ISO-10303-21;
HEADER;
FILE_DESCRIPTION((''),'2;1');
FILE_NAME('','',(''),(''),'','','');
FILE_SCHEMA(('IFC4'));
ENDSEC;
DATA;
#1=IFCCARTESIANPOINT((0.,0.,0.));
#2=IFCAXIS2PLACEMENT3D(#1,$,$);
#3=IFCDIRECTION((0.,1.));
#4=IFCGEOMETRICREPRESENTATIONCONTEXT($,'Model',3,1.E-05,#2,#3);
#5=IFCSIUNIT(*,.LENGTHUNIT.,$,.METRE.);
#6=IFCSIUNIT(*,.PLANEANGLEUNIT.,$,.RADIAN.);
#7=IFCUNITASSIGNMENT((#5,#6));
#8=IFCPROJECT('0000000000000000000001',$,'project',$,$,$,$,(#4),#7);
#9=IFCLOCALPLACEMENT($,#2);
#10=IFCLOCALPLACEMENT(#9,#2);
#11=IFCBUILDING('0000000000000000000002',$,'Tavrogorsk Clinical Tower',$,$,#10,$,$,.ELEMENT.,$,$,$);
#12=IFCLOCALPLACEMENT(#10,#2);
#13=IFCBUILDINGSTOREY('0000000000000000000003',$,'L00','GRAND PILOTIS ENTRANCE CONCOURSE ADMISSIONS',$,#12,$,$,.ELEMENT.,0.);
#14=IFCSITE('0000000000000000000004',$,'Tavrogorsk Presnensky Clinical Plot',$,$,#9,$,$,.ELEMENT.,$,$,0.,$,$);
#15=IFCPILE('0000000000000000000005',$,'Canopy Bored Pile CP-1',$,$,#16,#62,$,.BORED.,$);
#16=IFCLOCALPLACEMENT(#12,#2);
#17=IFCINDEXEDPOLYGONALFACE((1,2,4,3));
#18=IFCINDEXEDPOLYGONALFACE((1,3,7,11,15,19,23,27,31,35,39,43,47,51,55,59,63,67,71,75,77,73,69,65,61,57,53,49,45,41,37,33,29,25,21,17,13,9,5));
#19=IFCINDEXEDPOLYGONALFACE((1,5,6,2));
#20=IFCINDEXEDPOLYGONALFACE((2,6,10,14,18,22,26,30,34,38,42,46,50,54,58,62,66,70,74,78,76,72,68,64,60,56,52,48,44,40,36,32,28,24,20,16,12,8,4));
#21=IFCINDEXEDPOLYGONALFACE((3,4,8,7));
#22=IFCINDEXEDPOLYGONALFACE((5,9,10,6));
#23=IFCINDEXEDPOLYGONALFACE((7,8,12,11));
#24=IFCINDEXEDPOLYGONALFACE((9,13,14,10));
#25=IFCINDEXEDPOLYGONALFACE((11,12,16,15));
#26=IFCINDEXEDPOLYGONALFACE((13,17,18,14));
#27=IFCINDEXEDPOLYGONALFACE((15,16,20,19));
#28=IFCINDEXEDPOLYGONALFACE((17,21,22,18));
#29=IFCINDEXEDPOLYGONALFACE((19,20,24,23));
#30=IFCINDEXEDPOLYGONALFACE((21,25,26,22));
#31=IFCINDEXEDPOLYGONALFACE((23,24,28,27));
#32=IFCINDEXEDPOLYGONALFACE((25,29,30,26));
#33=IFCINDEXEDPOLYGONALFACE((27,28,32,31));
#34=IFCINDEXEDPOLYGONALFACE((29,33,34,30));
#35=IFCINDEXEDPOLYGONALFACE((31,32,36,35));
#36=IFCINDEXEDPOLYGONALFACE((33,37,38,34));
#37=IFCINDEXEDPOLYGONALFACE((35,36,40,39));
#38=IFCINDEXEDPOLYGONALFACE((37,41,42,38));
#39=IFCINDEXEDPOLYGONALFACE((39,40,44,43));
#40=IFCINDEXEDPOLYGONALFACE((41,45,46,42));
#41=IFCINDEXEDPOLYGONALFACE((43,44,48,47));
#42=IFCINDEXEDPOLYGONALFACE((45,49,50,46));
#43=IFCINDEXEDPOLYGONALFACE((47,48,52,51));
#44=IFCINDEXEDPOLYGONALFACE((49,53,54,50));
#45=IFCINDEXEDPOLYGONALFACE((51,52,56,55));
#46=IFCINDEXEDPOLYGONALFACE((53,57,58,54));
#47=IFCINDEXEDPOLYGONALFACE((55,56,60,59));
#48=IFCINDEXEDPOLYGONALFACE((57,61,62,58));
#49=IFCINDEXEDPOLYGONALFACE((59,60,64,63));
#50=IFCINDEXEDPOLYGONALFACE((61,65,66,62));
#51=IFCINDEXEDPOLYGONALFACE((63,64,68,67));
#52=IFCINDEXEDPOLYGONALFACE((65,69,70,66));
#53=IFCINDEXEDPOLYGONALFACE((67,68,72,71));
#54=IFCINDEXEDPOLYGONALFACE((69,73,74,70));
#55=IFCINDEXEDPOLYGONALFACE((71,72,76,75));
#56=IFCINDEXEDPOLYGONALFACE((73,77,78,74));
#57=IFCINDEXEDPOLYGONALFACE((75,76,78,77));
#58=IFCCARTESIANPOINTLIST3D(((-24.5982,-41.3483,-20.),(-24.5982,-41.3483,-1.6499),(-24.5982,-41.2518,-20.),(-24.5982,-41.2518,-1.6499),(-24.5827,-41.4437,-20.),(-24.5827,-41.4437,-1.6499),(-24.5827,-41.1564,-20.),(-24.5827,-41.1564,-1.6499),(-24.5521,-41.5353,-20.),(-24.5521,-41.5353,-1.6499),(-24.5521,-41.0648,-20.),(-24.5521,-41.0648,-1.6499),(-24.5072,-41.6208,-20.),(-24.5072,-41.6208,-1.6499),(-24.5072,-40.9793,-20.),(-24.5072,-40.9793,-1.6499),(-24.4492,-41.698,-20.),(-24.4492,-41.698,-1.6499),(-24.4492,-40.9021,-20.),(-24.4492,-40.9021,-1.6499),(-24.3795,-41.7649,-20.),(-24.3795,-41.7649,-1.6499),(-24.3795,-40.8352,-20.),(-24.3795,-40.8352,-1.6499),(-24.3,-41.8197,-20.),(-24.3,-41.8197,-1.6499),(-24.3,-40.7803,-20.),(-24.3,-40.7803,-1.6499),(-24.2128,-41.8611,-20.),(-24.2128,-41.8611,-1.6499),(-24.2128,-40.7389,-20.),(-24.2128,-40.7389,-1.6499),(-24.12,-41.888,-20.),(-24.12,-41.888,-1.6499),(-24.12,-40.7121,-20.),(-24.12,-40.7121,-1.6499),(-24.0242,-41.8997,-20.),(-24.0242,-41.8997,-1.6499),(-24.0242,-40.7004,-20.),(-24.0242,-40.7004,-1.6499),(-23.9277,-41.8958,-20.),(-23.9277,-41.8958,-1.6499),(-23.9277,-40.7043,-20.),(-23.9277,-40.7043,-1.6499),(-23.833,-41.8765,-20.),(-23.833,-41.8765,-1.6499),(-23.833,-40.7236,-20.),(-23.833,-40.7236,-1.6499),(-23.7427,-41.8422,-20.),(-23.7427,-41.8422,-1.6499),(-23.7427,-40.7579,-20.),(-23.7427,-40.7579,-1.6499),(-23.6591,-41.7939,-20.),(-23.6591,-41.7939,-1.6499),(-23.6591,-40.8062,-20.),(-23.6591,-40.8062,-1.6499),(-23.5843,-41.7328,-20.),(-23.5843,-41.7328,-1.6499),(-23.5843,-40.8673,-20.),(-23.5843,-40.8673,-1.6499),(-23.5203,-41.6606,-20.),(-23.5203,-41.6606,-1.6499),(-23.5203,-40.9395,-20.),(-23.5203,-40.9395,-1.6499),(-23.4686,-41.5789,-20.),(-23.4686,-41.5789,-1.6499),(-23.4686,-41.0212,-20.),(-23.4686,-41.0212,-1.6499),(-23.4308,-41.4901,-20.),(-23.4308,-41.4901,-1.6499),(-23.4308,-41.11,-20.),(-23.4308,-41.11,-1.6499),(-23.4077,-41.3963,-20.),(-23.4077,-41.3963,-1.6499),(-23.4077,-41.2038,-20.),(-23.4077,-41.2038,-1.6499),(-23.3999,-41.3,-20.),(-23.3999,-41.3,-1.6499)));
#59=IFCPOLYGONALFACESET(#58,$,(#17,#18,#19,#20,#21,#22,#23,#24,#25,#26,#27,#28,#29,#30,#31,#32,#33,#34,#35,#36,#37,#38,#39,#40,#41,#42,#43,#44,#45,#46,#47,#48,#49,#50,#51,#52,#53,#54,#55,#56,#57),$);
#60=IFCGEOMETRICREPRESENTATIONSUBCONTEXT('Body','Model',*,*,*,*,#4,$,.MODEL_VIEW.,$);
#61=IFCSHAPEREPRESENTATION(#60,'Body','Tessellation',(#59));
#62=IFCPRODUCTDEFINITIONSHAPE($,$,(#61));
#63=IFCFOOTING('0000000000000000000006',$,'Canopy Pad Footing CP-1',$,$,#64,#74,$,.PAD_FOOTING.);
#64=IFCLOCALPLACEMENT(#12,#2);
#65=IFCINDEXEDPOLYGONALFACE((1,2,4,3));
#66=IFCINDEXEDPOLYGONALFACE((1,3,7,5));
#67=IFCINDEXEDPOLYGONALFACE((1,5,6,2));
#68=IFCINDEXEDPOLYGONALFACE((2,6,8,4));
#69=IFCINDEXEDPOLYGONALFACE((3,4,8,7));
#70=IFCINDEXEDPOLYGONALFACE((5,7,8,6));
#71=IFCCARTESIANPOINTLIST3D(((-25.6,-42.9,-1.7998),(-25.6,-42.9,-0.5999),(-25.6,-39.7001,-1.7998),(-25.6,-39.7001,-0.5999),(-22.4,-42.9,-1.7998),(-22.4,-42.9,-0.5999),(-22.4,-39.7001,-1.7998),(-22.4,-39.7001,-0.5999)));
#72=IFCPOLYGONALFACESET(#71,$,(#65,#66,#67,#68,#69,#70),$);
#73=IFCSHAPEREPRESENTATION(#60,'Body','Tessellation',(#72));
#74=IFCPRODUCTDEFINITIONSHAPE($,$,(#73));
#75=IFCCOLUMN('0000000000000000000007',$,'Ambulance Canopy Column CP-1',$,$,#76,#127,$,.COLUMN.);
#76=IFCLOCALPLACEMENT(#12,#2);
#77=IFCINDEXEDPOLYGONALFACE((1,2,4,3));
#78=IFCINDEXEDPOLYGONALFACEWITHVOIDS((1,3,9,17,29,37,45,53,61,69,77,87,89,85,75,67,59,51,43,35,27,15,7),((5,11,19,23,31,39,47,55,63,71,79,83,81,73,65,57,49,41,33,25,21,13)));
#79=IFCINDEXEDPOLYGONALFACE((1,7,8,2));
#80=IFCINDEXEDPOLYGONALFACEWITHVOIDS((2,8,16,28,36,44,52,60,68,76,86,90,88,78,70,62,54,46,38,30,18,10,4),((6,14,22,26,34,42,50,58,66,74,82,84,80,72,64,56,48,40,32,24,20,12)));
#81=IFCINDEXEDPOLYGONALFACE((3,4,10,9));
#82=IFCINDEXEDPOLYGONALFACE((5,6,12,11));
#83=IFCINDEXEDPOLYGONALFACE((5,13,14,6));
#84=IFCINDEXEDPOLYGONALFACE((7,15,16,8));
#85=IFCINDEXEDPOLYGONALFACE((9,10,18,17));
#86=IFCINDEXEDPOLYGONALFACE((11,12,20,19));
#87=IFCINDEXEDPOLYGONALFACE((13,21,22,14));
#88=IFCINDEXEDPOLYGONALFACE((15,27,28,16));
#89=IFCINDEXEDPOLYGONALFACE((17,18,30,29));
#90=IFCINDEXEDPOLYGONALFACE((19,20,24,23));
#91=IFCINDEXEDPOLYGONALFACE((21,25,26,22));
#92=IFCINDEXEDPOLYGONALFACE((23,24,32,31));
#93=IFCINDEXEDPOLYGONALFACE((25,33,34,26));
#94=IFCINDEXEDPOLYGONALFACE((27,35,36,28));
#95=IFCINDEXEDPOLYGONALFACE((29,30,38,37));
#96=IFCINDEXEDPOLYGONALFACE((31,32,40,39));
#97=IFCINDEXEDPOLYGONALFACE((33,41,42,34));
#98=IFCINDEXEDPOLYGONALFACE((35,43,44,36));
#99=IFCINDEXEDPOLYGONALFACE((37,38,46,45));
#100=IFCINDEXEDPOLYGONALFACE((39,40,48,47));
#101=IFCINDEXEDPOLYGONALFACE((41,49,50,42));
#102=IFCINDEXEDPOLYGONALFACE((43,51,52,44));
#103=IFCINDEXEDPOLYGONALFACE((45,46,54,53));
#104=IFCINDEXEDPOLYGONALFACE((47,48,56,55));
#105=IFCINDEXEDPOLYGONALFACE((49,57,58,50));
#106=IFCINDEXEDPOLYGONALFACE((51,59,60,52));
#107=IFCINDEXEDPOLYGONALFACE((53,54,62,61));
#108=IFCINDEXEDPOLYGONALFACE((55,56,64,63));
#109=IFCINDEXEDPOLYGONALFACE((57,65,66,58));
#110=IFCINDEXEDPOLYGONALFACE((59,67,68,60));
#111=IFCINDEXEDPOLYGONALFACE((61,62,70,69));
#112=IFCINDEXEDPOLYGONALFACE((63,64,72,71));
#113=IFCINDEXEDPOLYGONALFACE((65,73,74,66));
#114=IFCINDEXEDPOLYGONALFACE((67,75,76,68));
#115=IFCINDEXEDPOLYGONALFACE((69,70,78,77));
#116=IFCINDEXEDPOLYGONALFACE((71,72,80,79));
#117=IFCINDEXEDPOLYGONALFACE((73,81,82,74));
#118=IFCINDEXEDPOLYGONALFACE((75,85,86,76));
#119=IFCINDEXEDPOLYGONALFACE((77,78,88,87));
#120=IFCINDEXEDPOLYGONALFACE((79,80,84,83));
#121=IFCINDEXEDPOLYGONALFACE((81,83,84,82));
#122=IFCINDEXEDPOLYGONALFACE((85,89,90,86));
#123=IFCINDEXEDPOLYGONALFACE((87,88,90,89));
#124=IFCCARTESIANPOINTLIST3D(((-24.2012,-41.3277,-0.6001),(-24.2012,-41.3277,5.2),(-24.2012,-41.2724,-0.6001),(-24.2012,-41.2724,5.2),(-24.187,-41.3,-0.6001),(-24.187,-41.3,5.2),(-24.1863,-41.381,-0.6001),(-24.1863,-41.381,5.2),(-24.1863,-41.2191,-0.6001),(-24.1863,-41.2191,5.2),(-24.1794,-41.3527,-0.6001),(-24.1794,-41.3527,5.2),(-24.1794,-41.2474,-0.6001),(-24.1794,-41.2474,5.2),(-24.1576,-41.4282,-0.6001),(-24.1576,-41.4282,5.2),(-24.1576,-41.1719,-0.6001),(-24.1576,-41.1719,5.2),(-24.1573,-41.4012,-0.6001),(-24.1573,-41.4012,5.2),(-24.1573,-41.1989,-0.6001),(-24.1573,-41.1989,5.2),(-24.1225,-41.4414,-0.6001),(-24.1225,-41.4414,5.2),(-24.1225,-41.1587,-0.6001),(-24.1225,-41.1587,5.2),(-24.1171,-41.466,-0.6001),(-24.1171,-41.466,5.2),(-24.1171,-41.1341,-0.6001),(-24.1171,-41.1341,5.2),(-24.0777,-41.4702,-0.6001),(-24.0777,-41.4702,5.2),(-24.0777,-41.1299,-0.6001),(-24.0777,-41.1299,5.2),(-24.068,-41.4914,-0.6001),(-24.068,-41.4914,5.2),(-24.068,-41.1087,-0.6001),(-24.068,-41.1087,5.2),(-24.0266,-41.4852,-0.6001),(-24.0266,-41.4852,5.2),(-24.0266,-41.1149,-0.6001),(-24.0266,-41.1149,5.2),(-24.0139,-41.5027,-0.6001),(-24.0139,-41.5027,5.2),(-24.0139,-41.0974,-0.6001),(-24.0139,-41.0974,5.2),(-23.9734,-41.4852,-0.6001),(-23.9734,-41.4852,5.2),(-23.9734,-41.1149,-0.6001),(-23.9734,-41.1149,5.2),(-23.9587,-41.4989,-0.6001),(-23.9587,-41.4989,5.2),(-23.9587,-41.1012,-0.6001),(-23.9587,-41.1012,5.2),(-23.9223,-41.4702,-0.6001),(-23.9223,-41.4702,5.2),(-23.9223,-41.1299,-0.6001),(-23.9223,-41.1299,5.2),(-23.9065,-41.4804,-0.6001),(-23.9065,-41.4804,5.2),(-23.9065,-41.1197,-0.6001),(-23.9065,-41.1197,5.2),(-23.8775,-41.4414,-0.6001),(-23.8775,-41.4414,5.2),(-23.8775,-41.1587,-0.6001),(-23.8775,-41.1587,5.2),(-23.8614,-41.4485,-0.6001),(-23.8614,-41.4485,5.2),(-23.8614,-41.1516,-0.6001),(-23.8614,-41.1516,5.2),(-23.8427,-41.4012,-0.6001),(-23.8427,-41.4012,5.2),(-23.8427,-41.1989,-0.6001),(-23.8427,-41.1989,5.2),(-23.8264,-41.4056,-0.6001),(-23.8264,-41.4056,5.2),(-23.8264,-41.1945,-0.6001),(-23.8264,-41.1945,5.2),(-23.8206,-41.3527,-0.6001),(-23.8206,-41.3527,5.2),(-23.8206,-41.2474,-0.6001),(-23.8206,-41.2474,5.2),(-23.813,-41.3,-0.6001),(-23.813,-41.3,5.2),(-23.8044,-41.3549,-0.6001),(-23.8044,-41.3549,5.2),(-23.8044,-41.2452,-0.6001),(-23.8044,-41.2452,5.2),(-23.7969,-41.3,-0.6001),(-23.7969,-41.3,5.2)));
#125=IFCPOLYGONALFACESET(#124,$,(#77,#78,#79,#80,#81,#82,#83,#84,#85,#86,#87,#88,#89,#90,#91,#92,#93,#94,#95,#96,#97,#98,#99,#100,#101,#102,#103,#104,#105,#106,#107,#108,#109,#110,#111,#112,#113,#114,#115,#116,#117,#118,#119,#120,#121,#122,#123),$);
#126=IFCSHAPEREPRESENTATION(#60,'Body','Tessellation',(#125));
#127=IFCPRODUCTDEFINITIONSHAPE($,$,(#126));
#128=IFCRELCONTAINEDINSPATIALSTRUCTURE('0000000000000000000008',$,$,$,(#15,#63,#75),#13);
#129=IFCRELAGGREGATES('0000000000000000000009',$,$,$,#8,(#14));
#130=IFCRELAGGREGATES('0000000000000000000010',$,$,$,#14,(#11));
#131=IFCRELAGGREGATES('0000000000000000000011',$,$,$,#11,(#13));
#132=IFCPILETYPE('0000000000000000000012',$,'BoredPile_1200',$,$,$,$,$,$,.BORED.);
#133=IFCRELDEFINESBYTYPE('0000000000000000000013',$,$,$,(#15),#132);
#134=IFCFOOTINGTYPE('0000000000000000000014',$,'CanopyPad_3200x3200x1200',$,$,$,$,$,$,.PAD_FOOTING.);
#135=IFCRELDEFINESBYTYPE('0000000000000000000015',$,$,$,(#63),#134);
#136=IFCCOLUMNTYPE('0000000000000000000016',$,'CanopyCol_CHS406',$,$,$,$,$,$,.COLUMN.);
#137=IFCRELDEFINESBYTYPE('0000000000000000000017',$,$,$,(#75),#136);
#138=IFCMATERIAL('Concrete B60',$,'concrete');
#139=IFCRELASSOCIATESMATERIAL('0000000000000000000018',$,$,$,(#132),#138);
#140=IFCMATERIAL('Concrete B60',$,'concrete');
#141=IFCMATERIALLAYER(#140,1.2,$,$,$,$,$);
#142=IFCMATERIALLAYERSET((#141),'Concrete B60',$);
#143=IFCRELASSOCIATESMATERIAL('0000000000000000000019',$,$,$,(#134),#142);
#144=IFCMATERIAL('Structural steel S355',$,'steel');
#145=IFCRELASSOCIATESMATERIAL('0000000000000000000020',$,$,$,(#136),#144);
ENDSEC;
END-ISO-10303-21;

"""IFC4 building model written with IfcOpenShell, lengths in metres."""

from ifc_helpers import new_model, si_unit, direction, frame, origin, origin_2d, place, context, subcontext, project, spatial, rectangle, circle, hollow_circle, extrude, material, layer, layer_set, material_profile, profile_set, type_object, element, save


model = new_model("IFC4")

# Units and contexts
model_context = context("Model", 3, precision=1e-05, world=origin(), true_north=direction((0.0, 1.0)))
body_context = subcontext(model_context, "Body", "Model", "MODEL_VIEW")
ifc_project = project(units=[si_unit("LENGTHUNIT", "METRE"), si_unit("PLANEANGLEUNIT", "RADIAN")], contexts=[model_context])

# Site, building, storey
site_placement = place(None, origin())
site = spatial("IfcSite", under=ifc_project, at=site_placement, Name="Tavrogorsk Presnensky Clinical Plot", CompositionType="ELEMENT", RefElevation=0.0)
building_placement = place(site_placement, origin())
building = spatial("IfcBuilding", under=site, at=building_placement, Name="Tavrogorsk Clinical Tower", CompositionType="ELEMENT")
storey_placement = place(building_placement, origin())
storey = spatial("IfcBuildingStorey", under=building, at=storey_placement, Name="L00", Description="GRAND PILOTIS ENTRANCE CONCOURSE ADMISSIONS", CompositionType="ELEMENT", Elevation=0.0)

# Pile
ifc_material_1 = material(Name="Concrete B60", Category="concrete")
ifc_material_profile_1 = material_profile(ifc_material_1, circle(Radius=0.6001, at=origin_2d()), Name="BORED-PILE-1200")
ifc_profile_set_1 = profile_set([ifc_material_profile_1], Name="Concrete B60")
pile_type = type_object("IfcPileType", Name="BoredPile_1200", PredefinedType="BORED", material=ifc_profile_set_1)
pile_placement = place(storey_placement, frame((-24.0, -41.3, -1.6499), z_axis=(0.0, 0.0, -1.0), x_axis=(1.0, 0.0, 0.0)))
element("IfcPile", 1, at=pile_placement, inside=storey, type_object=pile_type, Name="Canopy Bored Pile CP-1", PredefinedType="BORED", context=body_context, shape_type="SweptSolid", body=[
    extrude(circle(Radius=0.6001, at=origin_2d()), origin(), (0.0, 0.0, 1.0), 18.3501),
])

# Footing
ifc_material_2 = material(Name="Concrete B60", Category="concrete")
ifc_layer_1 = layer(ifc_material_2, 1.2)
ifc_layer_set_1 = layer_set([ifc_layer_1], Name="Concrete B60")
footing_type = type_object("IfcFootingType", Name="CanopyPad_3200x3200x1200", PredefinedType="PAD_FOOTING", material=ifc_layer_set_1)
footing_placement = place(storey_placement, frame((-24.0, -41.3, -1.7998), z_axis=(0.0, 0.0, 1.0), x_axis=(1.0, 0.0, 0.0)))
element("IfcFooting", 2, at=footing_placement, inside=storey, type_object=footing_type, Name="Canopy Pad Footing CP-1", PredefinedType="PAD_FOOTING", context=body_context, shape_type="SweptSolid", body=[
    extrude(rectangle(XDim=3.2, YDim=3.2, at=origin_2d()), origin(), (0.0, 0.0, 1.0), 1.2),
])

# Column
ifc_material_3 = material(Name="Structural steel S355", Category="steel")
ifc_material_profile_2 = material_profile(ifc_material_3, hollow_circle(Radius=0.2031, WallThickness=0.0161, at=origin_2d()), Name="CHS-406.4x16")
ifc_profile_set_2 = profile_set([ifc_material_profile_2], Name="Structural steel S355")
column_type_1 = type_object("IfcColumnType", Name="CanopyCol_CHS406", PredefinedType="COLUMN", material=ifc_profile_set_2)
column_1_placement = place(storey_placement, frame((-24.0, -41.3, -0.6001), z_axis=(0.0, 0.0, 1.0), x_axis=(1.0, 0.0, 0.0)))
element("IfcColumn", 3, at=column_1_placement, inside=storey, type_object=column_type_1, Name="Ambulance Canopy Column CP-1", PredefinedType="COLUMN", context=body_context, shape_type="SweptSolid", body=[
    extrude(hollow_circle(Radius=0.2031, WallThickness=0.0161, at=origin_2d()), origin(), (0.0, 0.0, 1.0), 5.8),
])

save(model, "model.ifc")
